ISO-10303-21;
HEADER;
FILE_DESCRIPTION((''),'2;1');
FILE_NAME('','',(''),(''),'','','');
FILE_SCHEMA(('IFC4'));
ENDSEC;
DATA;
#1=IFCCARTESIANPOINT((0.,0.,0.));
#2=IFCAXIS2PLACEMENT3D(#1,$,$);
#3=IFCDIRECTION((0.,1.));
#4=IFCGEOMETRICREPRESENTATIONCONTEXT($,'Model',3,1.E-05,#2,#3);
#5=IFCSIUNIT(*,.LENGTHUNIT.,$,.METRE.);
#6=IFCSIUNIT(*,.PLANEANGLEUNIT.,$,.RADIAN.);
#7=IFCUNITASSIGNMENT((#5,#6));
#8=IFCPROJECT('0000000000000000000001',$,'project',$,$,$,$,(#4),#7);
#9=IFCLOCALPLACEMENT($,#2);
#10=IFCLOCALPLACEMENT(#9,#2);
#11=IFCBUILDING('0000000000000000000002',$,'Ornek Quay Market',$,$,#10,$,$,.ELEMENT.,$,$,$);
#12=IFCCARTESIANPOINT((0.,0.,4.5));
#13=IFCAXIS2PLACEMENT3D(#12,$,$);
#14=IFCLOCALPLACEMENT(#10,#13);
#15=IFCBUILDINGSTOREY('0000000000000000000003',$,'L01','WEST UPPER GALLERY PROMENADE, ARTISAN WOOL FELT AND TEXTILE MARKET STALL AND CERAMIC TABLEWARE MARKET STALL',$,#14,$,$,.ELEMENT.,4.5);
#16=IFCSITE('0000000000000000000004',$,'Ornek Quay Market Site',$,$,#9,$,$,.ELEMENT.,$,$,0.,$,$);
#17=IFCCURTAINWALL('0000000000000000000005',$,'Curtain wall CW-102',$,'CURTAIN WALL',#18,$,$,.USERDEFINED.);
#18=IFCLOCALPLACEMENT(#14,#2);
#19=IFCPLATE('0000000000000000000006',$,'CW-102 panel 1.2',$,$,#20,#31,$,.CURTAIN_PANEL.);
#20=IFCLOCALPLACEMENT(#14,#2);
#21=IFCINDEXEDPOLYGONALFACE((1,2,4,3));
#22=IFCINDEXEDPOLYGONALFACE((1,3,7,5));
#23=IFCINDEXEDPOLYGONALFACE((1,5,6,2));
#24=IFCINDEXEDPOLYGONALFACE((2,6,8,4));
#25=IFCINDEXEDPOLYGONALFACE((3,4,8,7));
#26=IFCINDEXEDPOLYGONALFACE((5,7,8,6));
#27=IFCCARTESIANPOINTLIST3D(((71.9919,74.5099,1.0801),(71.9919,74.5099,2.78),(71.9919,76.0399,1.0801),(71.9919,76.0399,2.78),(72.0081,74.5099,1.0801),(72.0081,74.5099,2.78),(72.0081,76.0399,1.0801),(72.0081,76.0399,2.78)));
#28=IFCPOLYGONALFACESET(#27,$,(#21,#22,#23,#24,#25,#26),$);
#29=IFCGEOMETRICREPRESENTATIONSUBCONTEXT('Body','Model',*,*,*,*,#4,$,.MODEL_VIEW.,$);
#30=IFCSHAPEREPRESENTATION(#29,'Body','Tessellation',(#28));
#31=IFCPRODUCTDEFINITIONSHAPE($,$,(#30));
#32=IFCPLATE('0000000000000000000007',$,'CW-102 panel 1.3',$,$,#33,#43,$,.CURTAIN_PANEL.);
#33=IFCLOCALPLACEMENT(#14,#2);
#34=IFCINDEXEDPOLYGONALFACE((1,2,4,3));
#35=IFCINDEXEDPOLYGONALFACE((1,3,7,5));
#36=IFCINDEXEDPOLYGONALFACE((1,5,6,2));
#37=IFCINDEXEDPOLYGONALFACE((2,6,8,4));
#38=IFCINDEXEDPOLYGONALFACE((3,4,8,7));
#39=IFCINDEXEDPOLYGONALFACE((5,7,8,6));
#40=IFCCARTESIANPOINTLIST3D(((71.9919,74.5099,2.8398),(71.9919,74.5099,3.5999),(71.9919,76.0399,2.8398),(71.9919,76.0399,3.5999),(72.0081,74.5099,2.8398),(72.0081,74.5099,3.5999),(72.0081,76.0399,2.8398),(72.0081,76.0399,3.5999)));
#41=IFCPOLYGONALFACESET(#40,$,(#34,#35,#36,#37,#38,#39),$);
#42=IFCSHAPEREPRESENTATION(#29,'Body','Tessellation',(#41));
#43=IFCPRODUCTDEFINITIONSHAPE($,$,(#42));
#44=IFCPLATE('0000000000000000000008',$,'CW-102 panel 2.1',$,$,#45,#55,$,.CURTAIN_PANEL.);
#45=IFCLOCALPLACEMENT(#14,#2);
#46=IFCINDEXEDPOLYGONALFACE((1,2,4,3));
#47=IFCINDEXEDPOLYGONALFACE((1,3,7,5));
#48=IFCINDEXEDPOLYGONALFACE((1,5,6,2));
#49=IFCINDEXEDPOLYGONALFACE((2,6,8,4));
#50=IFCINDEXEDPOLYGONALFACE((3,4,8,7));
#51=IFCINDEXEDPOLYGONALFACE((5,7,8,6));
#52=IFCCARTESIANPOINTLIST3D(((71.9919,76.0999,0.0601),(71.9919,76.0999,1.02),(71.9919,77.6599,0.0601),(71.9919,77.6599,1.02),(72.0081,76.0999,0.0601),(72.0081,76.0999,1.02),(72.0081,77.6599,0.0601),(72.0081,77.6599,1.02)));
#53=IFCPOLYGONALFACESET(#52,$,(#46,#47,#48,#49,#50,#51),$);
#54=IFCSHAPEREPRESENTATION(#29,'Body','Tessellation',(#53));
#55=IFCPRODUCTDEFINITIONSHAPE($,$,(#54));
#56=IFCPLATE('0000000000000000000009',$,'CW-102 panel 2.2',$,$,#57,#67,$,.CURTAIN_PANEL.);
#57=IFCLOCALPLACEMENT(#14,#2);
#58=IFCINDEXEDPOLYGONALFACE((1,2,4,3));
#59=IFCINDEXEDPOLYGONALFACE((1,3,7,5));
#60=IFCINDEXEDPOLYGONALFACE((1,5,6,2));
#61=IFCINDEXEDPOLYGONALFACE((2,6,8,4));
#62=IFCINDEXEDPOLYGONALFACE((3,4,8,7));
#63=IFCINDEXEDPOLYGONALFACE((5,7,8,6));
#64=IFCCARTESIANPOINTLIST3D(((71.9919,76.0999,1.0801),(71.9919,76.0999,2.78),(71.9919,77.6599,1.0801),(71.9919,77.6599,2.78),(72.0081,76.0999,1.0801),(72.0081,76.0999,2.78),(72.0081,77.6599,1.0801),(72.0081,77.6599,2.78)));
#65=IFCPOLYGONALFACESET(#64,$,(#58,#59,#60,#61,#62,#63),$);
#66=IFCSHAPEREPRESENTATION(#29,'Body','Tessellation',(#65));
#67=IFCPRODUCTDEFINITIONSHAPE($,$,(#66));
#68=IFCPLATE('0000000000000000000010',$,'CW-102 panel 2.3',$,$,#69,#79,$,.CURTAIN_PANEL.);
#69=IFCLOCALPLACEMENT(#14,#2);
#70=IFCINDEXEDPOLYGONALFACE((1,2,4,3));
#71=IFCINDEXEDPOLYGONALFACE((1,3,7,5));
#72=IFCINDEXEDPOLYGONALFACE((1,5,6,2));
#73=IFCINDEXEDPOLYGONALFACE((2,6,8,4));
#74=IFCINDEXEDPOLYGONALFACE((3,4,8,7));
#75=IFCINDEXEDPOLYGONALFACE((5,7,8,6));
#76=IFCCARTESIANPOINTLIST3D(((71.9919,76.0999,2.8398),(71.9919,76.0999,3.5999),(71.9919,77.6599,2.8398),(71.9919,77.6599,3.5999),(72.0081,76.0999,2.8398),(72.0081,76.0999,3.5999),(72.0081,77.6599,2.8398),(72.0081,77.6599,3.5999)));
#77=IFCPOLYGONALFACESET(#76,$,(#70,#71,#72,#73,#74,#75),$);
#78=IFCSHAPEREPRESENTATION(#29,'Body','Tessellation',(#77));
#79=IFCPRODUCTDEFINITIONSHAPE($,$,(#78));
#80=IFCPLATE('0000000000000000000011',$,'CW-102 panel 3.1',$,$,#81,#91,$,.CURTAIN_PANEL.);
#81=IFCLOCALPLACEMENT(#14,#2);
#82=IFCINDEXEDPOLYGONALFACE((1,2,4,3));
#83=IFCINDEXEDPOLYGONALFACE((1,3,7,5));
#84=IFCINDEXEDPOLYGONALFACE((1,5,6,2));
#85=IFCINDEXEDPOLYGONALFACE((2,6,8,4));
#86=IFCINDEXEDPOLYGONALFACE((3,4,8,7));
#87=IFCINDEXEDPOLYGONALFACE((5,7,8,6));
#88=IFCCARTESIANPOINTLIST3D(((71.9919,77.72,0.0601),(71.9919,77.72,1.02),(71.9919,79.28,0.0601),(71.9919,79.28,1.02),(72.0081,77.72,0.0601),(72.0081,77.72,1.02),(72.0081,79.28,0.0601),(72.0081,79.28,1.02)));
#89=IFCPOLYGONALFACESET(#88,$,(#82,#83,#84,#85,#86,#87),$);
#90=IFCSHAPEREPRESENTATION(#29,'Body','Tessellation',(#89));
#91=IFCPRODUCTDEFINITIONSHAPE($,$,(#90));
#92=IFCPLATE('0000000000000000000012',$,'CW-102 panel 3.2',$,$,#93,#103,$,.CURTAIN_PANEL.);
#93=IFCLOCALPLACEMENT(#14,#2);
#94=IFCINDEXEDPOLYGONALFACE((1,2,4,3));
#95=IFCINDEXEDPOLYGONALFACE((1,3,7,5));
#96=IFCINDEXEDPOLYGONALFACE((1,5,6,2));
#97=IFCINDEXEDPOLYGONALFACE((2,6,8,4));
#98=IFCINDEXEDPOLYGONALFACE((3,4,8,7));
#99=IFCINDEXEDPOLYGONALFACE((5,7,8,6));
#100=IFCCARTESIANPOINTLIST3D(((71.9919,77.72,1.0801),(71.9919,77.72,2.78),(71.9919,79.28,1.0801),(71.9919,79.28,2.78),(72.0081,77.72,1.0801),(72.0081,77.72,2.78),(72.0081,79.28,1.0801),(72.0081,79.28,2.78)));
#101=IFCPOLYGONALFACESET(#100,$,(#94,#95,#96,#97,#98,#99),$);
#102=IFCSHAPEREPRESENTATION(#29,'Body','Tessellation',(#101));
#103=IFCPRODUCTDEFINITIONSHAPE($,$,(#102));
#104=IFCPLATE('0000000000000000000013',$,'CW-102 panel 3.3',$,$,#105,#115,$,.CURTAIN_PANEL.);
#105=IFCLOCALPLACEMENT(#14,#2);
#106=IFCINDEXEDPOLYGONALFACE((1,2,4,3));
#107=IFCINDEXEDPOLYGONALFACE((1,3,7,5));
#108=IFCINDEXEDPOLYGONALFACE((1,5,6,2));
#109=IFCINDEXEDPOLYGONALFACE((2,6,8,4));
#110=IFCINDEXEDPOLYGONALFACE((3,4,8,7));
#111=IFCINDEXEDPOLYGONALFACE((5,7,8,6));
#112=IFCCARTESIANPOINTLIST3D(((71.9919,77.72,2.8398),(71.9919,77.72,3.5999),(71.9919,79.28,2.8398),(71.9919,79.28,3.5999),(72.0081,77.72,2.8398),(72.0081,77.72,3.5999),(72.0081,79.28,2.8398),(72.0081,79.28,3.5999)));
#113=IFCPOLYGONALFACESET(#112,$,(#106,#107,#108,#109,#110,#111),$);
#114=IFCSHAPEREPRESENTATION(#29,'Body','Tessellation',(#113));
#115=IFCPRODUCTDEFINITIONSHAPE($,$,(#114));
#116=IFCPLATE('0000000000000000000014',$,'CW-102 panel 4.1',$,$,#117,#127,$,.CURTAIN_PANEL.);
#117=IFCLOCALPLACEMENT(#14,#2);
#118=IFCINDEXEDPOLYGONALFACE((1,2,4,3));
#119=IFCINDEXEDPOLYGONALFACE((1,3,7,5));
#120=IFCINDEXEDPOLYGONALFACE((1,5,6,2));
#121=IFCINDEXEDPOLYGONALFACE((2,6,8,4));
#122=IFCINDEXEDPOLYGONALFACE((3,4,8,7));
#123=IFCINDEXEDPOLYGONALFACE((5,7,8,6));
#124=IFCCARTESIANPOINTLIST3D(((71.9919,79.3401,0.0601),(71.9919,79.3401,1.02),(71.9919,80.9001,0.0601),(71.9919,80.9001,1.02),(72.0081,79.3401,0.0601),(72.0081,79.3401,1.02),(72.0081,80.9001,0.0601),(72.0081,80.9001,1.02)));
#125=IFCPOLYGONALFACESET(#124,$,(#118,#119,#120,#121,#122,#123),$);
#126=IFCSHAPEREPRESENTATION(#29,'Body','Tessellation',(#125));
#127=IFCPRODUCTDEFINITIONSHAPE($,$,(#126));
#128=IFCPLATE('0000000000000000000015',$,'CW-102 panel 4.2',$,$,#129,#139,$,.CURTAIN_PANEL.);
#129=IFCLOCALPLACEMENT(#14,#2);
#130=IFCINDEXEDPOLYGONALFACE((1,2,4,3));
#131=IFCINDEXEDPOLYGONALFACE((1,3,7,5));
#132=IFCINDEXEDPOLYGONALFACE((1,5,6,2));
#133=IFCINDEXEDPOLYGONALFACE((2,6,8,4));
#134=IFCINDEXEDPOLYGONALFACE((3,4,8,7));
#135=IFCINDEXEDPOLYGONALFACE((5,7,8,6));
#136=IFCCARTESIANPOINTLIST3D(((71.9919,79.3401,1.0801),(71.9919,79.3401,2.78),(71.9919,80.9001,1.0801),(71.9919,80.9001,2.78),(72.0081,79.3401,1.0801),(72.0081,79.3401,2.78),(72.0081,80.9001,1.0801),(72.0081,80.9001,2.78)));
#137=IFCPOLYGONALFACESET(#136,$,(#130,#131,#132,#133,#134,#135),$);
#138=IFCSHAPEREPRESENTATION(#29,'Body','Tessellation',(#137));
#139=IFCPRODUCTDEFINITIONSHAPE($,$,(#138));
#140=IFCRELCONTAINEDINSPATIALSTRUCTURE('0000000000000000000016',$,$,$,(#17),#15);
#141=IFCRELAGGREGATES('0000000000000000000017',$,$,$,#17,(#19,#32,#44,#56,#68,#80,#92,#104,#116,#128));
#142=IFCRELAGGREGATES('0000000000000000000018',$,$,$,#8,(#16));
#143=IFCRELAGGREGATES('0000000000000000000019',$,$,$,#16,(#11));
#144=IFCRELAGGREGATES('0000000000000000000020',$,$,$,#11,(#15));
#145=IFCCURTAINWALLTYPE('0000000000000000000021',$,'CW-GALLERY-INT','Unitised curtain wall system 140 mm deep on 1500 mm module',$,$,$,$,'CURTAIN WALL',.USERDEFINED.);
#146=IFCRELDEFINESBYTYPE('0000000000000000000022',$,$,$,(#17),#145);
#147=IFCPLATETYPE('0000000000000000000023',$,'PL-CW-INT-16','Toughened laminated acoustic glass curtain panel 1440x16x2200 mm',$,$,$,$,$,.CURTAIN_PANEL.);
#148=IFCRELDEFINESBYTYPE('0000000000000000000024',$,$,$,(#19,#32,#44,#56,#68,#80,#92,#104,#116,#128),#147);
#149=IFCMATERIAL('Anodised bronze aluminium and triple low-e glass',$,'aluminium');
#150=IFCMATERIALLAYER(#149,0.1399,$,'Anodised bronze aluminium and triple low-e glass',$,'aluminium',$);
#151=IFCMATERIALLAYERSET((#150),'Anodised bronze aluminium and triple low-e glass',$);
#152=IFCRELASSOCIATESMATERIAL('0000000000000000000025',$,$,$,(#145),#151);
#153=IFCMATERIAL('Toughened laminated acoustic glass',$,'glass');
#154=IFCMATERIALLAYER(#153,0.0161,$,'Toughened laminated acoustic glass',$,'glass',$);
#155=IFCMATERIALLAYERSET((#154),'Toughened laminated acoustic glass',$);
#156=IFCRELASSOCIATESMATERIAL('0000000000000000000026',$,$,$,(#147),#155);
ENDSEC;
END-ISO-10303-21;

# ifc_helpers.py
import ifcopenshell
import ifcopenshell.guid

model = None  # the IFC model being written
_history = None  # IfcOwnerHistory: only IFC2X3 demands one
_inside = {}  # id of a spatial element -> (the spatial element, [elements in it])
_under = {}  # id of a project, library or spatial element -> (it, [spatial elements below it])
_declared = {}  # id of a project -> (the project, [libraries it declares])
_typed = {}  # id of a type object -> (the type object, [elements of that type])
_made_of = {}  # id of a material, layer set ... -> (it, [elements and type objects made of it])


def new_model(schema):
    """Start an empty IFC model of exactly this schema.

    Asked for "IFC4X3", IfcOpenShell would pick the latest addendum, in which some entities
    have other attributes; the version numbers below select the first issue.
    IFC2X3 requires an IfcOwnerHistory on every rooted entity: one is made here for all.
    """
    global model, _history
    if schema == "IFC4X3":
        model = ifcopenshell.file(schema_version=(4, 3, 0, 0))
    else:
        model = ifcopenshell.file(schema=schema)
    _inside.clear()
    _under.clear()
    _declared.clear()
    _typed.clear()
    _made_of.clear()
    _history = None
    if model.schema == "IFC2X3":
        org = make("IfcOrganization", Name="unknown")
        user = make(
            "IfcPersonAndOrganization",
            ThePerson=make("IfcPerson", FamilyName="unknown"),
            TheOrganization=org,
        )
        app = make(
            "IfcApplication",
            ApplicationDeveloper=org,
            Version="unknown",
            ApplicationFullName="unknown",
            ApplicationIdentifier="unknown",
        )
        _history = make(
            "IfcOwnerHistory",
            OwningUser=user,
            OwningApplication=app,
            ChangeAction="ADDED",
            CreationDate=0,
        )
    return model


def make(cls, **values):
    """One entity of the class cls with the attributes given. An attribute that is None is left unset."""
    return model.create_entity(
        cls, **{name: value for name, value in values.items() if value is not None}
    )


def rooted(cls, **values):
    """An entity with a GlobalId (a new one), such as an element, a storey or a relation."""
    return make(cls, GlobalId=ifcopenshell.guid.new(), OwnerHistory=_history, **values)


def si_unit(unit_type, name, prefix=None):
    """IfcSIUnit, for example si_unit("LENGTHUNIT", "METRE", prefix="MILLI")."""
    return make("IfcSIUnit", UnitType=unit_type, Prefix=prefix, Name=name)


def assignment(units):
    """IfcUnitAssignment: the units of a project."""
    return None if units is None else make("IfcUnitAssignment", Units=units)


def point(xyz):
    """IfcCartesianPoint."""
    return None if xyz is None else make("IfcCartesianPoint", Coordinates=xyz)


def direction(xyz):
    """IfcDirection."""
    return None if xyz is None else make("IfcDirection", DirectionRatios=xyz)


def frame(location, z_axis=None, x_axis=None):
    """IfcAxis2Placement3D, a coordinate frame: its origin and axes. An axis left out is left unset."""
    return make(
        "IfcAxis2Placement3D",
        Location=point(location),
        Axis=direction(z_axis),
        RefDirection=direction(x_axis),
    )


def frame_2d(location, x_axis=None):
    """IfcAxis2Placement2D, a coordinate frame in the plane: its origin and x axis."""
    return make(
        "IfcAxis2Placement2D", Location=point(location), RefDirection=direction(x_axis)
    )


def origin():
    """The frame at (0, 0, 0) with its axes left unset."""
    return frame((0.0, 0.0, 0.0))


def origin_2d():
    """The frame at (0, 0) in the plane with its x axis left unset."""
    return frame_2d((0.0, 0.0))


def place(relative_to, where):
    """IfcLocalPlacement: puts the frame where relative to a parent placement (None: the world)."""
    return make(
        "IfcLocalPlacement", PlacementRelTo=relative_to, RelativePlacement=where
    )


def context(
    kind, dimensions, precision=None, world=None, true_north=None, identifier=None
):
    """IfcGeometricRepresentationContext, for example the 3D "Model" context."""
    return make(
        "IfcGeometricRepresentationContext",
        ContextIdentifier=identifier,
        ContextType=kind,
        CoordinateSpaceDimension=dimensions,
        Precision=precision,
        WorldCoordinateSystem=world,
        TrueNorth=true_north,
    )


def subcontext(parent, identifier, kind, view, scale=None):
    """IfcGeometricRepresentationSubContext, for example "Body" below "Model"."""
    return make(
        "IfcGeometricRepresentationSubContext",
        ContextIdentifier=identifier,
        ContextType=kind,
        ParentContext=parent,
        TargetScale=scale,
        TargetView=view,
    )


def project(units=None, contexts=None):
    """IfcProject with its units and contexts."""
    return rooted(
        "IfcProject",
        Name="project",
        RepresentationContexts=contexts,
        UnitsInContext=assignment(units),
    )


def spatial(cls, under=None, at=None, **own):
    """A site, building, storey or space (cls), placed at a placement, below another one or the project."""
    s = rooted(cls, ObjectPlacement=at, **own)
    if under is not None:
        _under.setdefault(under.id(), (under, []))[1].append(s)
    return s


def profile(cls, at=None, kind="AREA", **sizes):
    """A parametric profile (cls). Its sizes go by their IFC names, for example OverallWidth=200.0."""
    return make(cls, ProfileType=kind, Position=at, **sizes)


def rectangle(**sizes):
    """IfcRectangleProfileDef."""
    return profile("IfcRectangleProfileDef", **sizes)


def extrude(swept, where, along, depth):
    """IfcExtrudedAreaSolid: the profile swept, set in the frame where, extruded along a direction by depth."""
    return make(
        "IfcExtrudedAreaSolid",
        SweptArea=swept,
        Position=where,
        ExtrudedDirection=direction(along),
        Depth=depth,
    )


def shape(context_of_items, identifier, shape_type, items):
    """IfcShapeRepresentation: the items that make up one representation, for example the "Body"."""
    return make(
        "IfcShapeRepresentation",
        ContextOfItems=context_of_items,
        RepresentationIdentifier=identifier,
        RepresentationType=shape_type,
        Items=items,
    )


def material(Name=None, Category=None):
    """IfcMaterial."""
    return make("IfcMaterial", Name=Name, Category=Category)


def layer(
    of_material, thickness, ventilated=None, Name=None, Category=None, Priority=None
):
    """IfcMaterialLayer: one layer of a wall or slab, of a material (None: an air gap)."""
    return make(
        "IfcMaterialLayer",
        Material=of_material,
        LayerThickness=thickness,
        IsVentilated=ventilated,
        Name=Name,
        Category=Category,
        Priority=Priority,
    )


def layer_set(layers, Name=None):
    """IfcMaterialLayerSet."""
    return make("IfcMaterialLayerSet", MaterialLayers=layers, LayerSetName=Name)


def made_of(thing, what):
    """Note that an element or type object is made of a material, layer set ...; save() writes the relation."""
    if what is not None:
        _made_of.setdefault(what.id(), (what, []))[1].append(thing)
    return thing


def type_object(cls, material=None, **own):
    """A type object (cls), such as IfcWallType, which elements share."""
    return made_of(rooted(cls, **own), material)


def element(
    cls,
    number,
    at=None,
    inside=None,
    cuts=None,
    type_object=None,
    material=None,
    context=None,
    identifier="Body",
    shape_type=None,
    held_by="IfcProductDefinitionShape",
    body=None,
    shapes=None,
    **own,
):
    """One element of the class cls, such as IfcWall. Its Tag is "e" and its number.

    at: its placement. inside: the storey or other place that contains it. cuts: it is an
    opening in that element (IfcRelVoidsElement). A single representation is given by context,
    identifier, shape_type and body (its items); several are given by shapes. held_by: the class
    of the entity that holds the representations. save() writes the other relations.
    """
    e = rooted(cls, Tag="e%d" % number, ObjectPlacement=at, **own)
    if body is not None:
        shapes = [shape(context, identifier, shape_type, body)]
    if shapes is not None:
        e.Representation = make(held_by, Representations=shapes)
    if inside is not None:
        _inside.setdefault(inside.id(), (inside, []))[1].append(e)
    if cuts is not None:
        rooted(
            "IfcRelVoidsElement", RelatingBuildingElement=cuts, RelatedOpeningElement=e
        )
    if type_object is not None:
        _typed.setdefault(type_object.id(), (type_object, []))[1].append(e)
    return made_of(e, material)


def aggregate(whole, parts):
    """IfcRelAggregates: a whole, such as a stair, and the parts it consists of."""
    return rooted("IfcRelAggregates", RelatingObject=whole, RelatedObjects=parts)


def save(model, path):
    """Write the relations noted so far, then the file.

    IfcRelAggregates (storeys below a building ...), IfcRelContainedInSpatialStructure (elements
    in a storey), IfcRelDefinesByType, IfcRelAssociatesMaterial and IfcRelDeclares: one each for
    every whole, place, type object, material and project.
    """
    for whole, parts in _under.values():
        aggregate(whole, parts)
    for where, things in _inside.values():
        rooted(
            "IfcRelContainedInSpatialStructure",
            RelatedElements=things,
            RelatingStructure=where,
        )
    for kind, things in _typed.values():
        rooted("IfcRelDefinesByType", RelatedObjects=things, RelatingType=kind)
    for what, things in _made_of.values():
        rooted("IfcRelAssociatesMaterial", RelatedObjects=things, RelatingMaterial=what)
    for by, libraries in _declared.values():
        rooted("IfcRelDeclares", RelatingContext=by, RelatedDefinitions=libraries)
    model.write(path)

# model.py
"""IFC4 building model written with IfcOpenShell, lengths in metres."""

from ifc_helpers import new_model, si_unit, direction, frame, origin, origin_2d, place, context, subcontext, project, spatial, rectangle, extrude, material, layer, layer_set, type_object, element, aggregate, save


model = new_model("IFC4")

# Units and contexts
model_context = context("Model", 3, precision=1e-05, world=origin(), true_north=direction((0.0, 1.0)))
body_context = subcontext(model_context, "Body", "Model", "MODEL_VIEW")
ifc_project = project(units=[si_unit("LENGTHUNIT", "METRE"), si_unit("PLANEANGLEUNIT", "RADIAN")], contexts=[model_context])

# Site, building, storey
site_placement = place(None, origin())
site = spatial("IfcSite", under=ifc_project, at=site_placement, Name="Ornek Quay Market Site", CompositionType="ELEMENT", RefElevation=0.0)
building_placement = place(site_placement, origin())
building = spatial("IfcBuilding", under=site, at=building_placement, Name="Ornek Quay Market", CompositionType="ELEMENT")
storey_placement = place(building_placement, frame((0.0, 0.0, 4.5)))
storey = spatial("IfcBuildingStorey", under=building, at=storey_placement, Name="L01", Description="WEST UPPER GALLERY PROMENADE, ARTISAN WOOL FELT AND TEXTILE MARKET STALL AND CERAMIC TABLEWARE MARKET STALL", CompositionType="ELEMENT", Elevation=4.5)

# Curtain wall, plates
ifc_material_1 = material(Name="Anodised bronze aluminium and triple low-e glass", Category="aluminium")
ifc_layer_1 = layer(ifc_material_1, 0.1399, Name="Anodised bronze aluminium and triple low-e glass", Category="aluminium")
ifc_layer_set_1 = layer_set([ifc_layer_1], Name="Anodised bronze aluminium and triple low-e glass")
curtain_wall_type = type_object("IfcCurtainWallType", Name="CW-GALLERY-INT", Description="Unitised curtain wall system 140 mm deep on 1500 mm module", ElementType="CURTAIN WALL", PredefinedType="USERDEFINED", material=ifc_layer_set_1)
curtain_wall_placement = place(storey_placement, origin())
curtain_wall = element("IfcCurtainWall", 1, at=curtain_wall_placement, inside=storey, type_object=curtain_wall_type, Name="Curtain wall CW-102", ObjectType="CURTAIN WALL", PredefinedType="USERDEFINED")
ifc_material_2 = material(Name="Toughened laminated acoustic glass", Category="glass")
ifc_layer_2 = layer(ifc_material_2, 0.0161, Name="Toughened laminated acoustic glass", Category="glass")
ifc_layer_set_2 = layer_set([ifc_layer_2], Name="Toughened laminated acoustic glass")
plate_type = type_object("IfcPlateType", Name="PL-CW-INT-16", Description="Toughened laminated acoustic glass curtain panel 1440x16x2200 mm", PredefinedType="CURTAIN_PANEL", material=ifc_layer_set_2)
plate_1_placement = place(storey_placement, frame((72.0, 75.2749, 1.0801), z_axis=(0.0, 0.0, 1.0), x_axis=(0.0, 1.0, 0.0)))
plate_1 = element("IfcPlate", 2, at=plate_1_placement, type_object=plate_type, Name="CW-102 panel 1.2", PredefinedType="CURTAIN_PANEL", context=body_context, shape_type="SweptSolid", body=[
    extrude(rectangle(XDim=1.53, YDim=0.0161, at=origin_2d()), origin(), (0.0, 0.0, 1.0), 1.7),
])
plate_2_placement = place(storey_placement, frame((72.0, 75.2749, 2.8398), z_axis=(0.0, 0.0, 1.0), x_axis=(0.0, 1.0, 0.0)))
plate_2 = element("IfcPlate", 3, at=plate_2_placement, type_object=plate_type, Name="CW-102 panel 1.3", PredefinedType="CURTAIN_PANEL", context=body_context, shape_type="SweptSolid", body=[
    extrude(rectangle(XDim=1.53, YDim=0.0161, at=origin_2d()), origin(), (0.0, 0.0, 1.0), 0.76),
])
plate_3_placement = place(storey_placement, frame((72.0, 76.8799, 0.0601), z_axis=(0.0, 0.0, 1.0), x_axis=(0.0, 1.0, 0.0)))
plate_3 = element("IfcPlate", 4, at=plate_3_placement, type_object=plate_type, Name="CW-102 panel 2.1", PredefinedType="CURTAIN_PANEL", context=body_context, shape_type="SweptSolid", body=[
    extrude(rectangle(XDim=1.5601, YDim=0.0161, at=origin_2d()), origin(), (0.0, 0.0, 1.0), 0.96),
])
plate_4_placement = place(storey_placement, frame((72.0, 76.8799, 1.0801), z_axis=(0.0, 0.0, 1.0), x_axis=(0.0, 1.0, 0.0)))
plate_4 = element("IfcPlate", 5, at=plate_4_placement, type_object=plate_type, Name="CW-102 panel 2.2", PredefinedType="CURTAIN_PANEL", context=body_context, shape_type="SweptSolid", body=[
    extrude(rectangle(XDim=1.5601, YDim=0.0161, at=origin_2d()), origin(), (0.0, 0.0, 1.0), 1.7),
])
plate_5_placement = place(storey_placement, frame((72.0, 76.8799, 2.8398), z_axis=(0.0, 0.0, 1.0), x_axis=(0.0, 1.0, 0.0)))
plate_5 = element("IfcPlate", 6, at=plate_5_placement, type_object=plate_type, Name="CW-102 panel 2.3", PredefinedType="CURTAIN_PANEL", context=body_context, shape_type="SweptSolid", body=[
    extrude(rectangle(XDim=1.5601, YDim=0.0161, at=origin_2d()), origin(), (0.0, 0.0, 1.0), 0.76),
])
plate_6_placement = place(storey_placement, frame((72.0, 78.5, 0.0601), z_axis=(0.0, 0.0, 1.0), x_axis=(0.0, 1.0, 0.0)))
plate_6 = element("IfcPlate", 7, at=plate_6_placement, type_object=plate_type, Name="CW-102 panel 3.1", PredefinedType="CURTAIN_PANEL", context=body_context, shape_type="SweptSolid", body=[
    extrude(rectangle(XDim=1.5601, YDim=0.0161, at=origin_2d()), origin(), (0.0, 0.0, 1.0), 0.96),
])
plate_7_placement = place(storey_placement, frame((72.0, 78.5, 1.0801), z_axis=(0.0, 0.0, 1.0), x_axis=(0.0, 1.0, 0.0)))
plate_7 = element("IfcPlate", 8, at=plate_7_placement, type_object=plate_type, Name="CW-102 panel 3.2", PredefinedType="CURTAIN_PANEL", context=body_context, shape_type="SweptSolid", body=[
    extrude(rectangle(XDim=1.5601, YDim=0.0161, at=origin_2d()), origin(), (0.0, 0.0, 1.0), 1.7),
])
plate_8_placement = place(storey_placement, frame((72.0, 78.5, 2.8398), z_axis=(0.0, 0.0, 1.0), x_axis=(0.0, 1.0, 0.0)))
plate_8 = element("IfcPlate", 9, at=plate_8_placement, type_object=plate_type, Name="CW-102 panel 3.3", PredefinedType="CURTAIN_PANEL", context=body_context, shape_type="SweptSolid", body=[
    extrude(rectangle(XDim=1.5601, YDim=0.0161, at=origin_2d()), origin(), (0.0, 0.0, 1.0), 0.76),
])
plate_9_placement = place(storey_placement, frame((72.0, 80.1201, 0.0601), z_axis=(0.0, 0.0, 1.0), x_axis=(0.0, 1.0, 0.0)))
plate_9 = element("IfcPlate", 10, at=plate_9_placement, type_object=plate_type, Name="CW-102 panel 4.1", PredefinedType="CURTAIN_PANEL", context=body_context, shape_type="SweptSolid", body=[
    extrude(rectangle(XDim=1.5601, YDim=0.0161, at=origin_2d()), origin(), (0.0, 0.0, 1.0), 0.96),
])
plate_10_placement = place(storey_placement, frame((72.0, 80.1201, 1.0801), z_axis=(0.0, 0.0, 1.0), x_axis=(0.0, 1.0, 0.0)))
plate_10 = element("IfcPlate", 11, at=plate_10_placement, type_object=plate_type, Name="CW-102 panel 4.2", PredefinedType="CURTAIN_PANEL", context=body_context, shape_type="SweptSolid", body=[
    extrude(rectangle(XDim=1.5601, YDim=0.0161, at=origin_2d()), origin(), (0.0, 0.0, 1.0), 1.7),
])
aggregate(curtain_wall, [plate_1, plate_2, plate_3, plate_4, plate_5, plate_6, plate_7, plate_8, plate_9, plate_10])

save(model, "model.ifc")
